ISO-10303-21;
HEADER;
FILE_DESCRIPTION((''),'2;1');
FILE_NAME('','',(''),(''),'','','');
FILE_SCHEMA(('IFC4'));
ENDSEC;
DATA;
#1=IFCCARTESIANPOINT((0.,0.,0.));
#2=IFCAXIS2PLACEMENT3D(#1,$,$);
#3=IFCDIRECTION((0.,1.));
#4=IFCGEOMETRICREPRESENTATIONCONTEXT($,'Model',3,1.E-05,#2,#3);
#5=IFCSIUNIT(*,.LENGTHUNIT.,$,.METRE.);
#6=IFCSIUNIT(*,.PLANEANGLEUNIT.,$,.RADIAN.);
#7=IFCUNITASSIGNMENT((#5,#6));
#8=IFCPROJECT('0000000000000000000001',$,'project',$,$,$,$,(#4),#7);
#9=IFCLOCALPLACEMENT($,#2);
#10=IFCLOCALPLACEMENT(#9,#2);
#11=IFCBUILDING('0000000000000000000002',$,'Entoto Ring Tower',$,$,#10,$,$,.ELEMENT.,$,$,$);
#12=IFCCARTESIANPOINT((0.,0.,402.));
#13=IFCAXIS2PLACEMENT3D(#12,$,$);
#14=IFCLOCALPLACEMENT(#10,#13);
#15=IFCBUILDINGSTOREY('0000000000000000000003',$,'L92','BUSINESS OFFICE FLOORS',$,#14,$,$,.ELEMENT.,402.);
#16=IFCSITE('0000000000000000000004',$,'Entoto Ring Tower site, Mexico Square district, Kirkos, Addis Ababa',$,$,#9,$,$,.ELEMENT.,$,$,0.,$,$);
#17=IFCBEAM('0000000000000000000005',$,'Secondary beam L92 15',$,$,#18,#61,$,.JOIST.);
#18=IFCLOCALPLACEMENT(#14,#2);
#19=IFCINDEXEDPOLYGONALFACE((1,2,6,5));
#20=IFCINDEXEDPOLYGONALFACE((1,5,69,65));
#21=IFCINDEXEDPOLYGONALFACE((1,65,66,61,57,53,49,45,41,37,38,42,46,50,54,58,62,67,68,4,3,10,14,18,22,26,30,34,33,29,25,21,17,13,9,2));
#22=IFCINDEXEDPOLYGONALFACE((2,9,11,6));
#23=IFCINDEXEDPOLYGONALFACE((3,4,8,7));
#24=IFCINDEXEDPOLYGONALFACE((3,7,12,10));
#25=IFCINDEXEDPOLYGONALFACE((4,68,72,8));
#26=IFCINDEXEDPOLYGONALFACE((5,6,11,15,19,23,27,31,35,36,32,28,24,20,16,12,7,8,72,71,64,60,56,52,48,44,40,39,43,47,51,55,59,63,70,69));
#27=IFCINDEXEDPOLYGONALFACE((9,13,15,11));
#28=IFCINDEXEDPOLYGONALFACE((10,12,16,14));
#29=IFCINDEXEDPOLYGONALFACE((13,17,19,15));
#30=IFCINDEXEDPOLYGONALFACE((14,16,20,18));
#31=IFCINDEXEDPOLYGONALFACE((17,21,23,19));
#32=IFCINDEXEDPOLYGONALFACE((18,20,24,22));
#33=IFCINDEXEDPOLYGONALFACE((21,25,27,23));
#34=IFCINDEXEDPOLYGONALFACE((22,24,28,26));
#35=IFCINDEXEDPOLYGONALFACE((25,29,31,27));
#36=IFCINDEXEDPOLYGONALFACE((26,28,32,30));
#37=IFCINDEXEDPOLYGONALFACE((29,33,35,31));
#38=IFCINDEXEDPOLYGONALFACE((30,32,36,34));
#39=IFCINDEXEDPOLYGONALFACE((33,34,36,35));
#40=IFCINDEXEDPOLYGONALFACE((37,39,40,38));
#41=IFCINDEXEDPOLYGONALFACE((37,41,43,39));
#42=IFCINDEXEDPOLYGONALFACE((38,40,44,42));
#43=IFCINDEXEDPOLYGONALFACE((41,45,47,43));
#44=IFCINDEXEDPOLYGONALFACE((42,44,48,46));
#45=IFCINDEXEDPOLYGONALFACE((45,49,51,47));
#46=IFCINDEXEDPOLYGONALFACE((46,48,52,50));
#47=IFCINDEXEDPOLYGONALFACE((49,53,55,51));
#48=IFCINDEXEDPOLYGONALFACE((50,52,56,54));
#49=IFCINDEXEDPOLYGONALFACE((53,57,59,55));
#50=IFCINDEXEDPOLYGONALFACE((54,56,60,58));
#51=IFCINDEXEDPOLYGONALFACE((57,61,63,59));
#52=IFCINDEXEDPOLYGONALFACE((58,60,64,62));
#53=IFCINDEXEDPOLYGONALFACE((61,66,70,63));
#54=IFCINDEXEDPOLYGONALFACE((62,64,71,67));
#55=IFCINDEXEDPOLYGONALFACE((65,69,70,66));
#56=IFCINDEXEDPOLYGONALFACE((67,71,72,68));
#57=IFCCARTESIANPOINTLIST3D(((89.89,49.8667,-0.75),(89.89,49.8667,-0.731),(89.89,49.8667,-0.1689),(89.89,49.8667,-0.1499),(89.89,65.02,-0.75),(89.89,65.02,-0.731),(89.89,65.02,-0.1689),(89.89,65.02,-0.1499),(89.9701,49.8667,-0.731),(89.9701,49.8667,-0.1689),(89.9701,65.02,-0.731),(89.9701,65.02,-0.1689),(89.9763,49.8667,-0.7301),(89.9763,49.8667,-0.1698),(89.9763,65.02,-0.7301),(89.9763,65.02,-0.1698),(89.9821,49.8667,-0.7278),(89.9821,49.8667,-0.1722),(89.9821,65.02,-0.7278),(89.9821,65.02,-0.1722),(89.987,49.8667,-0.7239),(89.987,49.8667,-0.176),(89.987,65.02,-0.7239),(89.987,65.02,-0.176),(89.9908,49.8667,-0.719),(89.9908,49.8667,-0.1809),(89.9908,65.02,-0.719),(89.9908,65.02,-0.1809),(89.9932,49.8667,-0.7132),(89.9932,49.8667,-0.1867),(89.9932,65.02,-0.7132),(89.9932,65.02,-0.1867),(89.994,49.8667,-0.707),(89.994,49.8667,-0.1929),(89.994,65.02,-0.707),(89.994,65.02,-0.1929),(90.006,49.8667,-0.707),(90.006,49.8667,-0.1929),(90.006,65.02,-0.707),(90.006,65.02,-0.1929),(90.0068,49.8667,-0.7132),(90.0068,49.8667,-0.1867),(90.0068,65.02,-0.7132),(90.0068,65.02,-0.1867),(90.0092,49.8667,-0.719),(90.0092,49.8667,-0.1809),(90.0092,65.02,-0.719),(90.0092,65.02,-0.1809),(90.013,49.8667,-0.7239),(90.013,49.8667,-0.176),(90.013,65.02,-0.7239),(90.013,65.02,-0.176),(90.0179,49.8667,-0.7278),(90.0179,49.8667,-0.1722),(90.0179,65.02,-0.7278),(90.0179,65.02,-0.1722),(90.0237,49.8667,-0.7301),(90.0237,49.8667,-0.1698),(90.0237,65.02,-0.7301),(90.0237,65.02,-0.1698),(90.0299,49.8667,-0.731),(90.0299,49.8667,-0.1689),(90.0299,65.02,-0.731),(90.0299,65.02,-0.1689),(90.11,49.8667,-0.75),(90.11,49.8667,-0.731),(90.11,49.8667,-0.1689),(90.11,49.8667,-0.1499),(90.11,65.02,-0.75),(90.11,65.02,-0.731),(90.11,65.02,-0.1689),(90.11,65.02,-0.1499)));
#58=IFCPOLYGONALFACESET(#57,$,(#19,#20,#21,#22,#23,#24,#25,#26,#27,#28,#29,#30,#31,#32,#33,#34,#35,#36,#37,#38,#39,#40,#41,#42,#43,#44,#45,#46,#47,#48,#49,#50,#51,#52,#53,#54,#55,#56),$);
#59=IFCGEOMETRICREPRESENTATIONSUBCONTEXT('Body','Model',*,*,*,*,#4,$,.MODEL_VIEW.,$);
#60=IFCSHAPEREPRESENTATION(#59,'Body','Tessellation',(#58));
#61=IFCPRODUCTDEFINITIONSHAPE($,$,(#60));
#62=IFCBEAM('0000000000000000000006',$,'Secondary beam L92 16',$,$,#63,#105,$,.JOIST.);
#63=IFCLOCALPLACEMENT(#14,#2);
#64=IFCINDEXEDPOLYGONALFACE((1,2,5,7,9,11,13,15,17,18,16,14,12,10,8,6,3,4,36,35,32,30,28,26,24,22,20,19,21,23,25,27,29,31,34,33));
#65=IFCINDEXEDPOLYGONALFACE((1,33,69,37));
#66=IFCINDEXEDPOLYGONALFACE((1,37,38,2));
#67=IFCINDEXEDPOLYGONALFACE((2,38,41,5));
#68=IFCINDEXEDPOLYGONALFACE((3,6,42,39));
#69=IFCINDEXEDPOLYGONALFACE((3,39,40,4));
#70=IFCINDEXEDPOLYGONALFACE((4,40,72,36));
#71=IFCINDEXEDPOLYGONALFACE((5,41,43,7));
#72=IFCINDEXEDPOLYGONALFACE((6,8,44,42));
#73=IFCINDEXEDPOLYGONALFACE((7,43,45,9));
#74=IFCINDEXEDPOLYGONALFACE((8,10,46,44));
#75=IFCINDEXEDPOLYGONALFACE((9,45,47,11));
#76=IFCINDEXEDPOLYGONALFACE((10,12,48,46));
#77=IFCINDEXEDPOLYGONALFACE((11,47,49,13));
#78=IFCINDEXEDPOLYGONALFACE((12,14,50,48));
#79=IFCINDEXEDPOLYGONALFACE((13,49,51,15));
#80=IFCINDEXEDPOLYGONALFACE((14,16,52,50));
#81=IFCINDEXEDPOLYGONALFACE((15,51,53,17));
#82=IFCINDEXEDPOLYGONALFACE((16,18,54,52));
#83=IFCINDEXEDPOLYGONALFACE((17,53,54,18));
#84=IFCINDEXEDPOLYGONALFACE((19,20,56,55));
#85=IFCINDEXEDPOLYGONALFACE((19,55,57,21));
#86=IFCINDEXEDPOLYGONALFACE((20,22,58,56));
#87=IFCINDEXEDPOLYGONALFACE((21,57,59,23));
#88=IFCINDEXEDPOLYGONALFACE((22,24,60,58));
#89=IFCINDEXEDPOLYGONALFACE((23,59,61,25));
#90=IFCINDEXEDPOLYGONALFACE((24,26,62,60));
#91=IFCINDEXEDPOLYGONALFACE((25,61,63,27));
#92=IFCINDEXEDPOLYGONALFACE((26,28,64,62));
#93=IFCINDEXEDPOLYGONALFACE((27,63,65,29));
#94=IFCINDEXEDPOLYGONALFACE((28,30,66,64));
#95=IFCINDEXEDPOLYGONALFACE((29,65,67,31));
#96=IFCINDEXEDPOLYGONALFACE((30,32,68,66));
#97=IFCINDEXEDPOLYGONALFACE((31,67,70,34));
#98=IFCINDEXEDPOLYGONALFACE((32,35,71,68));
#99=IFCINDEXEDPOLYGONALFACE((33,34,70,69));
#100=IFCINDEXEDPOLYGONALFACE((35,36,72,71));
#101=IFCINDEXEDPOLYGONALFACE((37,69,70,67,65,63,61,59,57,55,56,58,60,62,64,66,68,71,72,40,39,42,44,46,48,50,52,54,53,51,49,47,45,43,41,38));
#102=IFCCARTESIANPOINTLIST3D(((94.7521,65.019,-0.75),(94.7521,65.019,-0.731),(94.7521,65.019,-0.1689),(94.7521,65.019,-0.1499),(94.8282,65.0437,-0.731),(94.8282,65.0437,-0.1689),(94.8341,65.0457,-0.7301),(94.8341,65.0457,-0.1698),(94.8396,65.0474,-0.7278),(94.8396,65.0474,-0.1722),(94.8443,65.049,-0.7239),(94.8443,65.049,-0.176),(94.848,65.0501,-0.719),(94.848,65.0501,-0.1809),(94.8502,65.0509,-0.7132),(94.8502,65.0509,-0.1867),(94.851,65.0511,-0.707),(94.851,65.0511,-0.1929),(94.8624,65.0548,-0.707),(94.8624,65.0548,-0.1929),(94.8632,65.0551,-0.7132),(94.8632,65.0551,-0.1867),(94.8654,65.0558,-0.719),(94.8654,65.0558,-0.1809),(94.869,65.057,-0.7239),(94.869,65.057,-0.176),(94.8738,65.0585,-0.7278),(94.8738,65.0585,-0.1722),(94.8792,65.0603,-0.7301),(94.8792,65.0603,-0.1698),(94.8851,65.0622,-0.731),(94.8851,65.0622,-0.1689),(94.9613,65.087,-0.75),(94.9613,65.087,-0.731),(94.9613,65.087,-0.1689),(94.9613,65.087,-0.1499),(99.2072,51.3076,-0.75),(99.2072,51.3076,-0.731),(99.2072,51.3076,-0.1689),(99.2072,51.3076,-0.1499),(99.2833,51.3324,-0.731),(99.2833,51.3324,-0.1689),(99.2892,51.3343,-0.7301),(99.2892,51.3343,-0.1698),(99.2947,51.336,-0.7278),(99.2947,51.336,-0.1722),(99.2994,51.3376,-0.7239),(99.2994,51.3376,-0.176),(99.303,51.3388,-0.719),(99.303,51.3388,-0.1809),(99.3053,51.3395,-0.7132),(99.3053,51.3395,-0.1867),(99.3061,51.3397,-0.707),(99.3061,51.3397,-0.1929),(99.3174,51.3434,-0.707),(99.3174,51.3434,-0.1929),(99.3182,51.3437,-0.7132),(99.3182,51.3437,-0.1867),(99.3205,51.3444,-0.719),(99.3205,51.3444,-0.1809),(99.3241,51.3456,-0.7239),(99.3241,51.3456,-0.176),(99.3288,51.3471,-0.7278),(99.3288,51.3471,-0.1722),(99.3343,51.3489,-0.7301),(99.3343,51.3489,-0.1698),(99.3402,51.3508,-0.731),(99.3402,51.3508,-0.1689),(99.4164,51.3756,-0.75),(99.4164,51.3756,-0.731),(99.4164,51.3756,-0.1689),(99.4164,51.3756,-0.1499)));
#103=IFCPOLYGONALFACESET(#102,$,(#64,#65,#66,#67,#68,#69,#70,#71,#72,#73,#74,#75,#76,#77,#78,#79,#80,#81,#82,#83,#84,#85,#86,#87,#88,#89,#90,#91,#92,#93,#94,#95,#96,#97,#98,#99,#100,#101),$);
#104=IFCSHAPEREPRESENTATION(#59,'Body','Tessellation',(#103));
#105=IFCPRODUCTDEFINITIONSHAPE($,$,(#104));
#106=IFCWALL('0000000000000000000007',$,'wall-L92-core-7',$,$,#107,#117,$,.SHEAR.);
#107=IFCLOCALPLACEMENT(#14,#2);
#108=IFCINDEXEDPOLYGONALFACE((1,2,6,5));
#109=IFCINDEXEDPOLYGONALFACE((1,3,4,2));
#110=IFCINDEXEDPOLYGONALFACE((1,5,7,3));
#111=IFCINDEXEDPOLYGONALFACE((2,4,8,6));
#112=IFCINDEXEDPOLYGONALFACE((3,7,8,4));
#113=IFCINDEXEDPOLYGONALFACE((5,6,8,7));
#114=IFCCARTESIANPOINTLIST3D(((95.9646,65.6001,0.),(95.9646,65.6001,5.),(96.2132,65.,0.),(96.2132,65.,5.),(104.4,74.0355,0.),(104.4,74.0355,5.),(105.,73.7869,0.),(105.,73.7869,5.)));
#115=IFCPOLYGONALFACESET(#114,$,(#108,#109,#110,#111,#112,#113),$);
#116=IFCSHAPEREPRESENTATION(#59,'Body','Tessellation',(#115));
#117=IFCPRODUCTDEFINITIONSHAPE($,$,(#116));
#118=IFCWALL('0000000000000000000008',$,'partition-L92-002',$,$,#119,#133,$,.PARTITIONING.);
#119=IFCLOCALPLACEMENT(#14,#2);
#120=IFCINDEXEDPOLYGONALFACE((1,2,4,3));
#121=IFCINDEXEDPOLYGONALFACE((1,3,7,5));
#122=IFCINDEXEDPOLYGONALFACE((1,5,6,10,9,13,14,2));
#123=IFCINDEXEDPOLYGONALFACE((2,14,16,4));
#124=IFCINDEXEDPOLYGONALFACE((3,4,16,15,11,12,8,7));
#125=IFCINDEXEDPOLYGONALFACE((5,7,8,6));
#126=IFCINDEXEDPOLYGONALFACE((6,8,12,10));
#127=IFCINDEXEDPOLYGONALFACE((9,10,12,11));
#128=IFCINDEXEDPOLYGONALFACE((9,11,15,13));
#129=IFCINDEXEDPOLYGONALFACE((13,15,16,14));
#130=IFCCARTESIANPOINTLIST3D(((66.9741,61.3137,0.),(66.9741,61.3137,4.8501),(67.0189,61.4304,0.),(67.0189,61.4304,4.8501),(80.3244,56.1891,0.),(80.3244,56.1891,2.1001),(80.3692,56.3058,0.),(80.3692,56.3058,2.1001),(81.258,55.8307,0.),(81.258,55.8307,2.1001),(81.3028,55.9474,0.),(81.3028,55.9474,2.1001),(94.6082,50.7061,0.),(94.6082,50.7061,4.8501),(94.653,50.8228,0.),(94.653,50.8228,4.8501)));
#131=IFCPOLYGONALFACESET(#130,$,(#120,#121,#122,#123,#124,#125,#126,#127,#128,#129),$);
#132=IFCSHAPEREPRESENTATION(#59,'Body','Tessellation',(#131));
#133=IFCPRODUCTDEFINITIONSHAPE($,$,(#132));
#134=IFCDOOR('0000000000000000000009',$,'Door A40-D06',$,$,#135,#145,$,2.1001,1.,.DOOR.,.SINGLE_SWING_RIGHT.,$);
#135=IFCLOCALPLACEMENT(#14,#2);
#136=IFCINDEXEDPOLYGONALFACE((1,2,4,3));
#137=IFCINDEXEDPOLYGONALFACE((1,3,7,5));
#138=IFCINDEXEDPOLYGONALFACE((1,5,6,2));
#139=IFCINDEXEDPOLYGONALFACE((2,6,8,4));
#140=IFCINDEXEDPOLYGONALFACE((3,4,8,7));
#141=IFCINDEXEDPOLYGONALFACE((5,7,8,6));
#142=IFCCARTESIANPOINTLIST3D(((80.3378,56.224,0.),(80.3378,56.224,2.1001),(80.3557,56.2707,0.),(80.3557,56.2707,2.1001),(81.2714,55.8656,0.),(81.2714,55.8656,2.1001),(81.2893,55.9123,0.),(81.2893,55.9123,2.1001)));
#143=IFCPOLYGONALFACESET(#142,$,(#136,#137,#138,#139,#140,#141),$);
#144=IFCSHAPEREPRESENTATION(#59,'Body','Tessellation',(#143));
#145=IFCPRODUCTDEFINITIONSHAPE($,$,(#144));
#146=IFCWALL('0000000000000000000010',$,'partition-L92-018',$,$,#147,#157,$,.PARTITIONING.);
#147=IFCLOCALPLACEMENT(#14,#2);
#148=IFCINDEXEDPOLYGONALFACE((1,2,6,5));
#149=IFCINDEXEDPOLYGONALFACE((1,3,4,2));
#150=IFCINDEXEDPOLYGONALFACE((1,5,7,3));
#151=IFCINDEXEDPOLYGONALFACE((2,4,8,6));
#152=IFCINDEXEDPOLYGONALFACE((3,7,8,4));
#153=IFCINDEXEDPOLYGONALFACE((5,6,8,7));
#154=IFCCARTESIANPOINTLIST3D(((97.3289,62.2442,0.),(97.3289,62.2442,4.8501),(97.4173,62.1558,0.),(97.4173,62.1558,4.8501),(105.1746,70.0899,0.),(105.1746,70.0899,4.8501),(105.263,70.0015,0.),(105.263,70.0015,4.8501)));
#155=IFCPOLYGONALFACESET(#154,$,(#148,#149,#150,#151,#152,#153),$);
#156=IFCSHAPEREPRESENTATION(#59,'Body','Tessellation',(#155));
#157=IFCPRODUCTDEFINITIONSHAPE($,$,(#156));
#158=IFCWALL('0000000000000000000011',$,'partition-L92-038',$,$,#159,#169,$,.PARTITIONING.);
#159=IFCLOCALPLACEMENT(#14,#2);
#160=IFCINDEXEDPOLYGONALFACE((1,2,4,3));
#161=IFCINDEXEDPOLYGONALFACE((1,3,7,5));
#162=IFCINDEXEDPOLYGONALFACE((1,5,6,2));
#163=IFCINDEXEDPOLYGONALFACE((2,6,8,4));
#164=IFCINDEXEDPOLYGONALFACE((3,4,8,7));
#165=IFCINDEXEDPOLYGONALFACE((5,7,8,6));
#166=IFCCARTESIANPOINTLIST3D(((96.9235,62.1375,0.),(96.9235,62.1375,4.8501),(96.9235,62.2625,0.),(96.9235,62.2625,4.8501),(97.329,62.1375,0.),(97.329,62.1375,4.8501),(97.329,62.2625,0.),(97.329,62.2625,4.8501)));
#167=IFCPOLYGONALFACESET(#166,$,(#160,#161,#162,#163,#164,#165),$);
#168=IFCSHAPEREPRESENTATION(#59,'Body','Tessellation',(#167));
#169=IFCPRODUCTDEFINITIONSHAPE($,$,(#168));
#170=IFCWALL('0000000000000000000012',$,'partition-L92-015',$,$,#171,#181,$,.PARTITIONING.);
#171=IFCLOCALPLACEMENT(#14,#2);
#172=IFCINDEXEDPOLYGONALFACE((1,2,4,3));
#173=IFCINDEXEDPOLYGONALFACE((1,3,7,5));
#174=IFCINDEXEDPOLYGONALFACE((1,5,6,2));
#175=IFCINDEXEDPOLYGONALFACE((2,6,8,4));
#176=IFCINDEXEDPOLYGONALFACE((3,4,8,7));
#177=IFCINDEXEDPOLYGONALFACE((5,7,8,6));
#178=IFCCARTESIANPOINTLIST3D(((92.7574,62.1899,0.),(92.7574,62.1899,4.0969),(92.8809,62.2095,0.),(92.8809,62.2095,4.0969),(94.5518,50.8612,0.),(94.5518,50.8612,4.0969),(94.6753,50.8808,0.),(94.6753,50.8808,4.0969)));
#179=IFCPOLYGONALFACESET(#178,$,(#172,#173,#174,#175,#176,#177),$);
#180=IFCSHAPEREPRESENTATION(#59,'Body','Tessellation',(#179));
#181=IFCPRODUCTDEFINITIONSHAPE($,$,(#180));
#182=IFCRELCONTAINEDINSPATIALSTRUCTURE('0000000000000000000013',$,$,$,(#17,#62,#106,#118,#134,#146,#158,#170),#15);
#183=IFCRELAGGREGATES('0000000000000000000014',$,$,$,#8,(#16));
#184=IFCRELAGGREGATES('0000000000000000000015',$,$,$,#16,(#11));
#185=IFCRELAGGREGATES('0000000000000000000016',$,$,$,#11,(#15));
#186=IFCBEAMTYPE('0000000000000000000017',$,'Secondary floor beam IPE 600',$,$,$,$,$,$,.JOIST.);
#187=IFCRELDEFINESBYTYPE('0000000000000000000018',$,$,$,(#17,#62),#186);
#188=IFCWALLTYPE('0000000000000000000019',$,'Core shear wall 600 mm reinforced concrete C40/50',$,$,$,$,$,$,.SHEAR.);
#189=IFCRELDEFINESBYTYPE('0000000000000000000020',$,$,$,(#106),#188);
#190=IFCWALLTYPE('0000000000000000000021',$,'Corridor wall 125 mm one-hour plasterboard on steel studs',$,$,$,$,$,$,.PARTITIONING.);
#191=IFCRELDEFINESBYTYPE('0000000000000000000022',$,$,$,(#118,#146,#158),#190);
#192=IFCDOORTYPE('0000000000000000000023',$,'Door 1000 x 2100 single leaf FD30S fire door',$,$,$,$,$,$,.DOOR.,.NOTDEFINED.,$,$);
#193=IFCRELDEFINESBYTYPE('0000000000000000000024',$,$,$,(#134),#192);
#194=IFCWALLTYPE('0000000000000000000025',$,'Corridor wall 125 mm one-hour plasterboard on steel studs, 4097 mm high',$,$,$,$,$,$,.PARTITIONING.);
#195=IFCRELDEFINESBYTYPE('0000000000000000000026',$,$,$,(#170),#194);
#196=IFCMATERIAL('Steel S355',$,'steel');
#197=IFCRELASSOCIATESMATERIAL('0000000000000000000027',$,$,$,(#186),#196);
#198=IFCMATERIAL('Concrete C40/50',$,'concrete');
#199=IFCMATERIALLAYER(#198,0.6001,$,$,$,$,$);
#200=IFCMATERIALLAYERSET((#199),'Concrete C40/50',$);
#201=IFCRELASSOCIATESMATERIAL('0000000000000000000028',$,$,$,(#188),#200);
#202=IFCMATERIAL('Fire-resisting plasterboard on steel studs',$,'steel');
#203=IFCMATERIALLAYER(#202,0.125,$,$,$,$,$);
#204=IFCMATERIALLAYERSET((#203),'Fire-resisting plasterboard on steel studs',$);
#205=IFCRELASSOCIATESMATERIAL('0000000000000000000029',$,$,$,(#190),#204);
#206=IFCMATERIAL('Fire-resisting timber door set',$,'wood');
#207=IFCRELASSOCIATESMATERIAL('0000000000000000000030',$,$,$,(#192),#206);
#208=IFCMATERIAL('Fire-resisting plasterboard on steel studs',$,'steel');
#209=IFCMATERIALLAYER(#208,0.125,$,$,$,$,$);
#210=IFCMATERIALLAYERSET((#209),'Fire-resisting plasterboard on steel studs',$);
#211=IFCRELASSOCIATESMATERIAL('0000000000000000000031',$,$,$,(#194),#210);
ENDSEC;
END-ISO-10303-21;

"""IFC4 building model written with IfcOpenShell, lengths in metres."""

from ifc_helpers import new_model, si_unit, direction, frame, frame_2d, origin, origin_2d, place, context, subcontext, project, spatial, polyline, rectangle, i_section, outline, extrude, material, layer, layer_set, material_profile, profile_set, type_object, element, fill, save


model = new_model("IFC4")

# Units and contexts
model_context = context("Model", 3, precision=1e-05, world=origin(), true_north=direction((0.0, 1.0)))
body_context = subcontext(model_context, "Body", "Model", "MODEL_VIEW")
ifc_project = project(units=[si_unit("LENGTHUNIT", "METRE"), si_unit("PLANEANGLEUNIT", "RADIAN")], contexts=[model_context])

# Site, building, storey
site_placement = place(None, origin())
site = spatial("IfcSite", under=ifc_project, at=site_placement, Name="Entoto Ring Tower site, Mexico Square district, Kirkos, Addis Ababa", CompositionType="ELEMENT", RefElevation=0.0)
building_placement = place(site_placement, origin())
building = spatial("IfcBuilding", under=site, at=building_placement, Name="Entoto Ring Tower", CompositionType="ELEMENT")
storey_placement = place(building_placement, frame((0.0, 0.0, 402.0)))
storey = spatial("IfcBuildingStorey", under=building, at=storey_placement, Name="L92", Description="BUSINESS OFFICE FLOORS", CompositionType="ELEMENT", Elevation=402.0)

# Beams
ifc_material_1 = material(Name="Steel S355", Category="steel")
ifc_material_profile_1 = material_profile(ifc_material_1, i_section(OverallWidth=0.22, OverallDepth=0.6001, WebThickness=0.012, FlangeThickness=0.019, FilletRadius=0.0239, at=origin_2d()), Name="IPE 600")
ifc_profile_set_1 = profile_set([ifc_material_profile_1], Name="Steel S355")
beam_type_1 = type_object("IfcBeamType", Name="Secondary floor beam IPE 600", PredefinedType="JOIST", material=ifc_profile_set_1)
beam_1_placement = place(storey_placement, frame((90.0, 65.02, -0.45), z_axis=(0.0, -1.0, 0.0), x_axis=(1.0, 0.0, 0.0)))
element("IfcBeam", 1, at=beam_1_placement, inside=storey, type_object=beam_type_1, Name="Secondary beam L92 15", PredefinedType="JOIST", context=body_context, shape_type="SweptSolid", body=[
    extrude(i_section(OverallWidth=0.22, OverallDepth=0.6001, WebThickness=0.012, FlangeThickness=0.019, FilletRadius=0.0239, at=origin_2d()), origin(), (0.0, 0.0, 1.0), 15.1533),
])
beam_2_placement = place(storey_placement, frame((94.8567, 65.053, -0.45), z_axis=(0.309015, -0.951057, 0.0), x_axis=(0.951057, 0.309015, 0.0)))
element("IfcBeam", 2, at=beam_2_placement, inside=storey, type_object=beam_type_1, Name="Secondary beam L92 16", PredefinedType="JOIST", context=body_context, shape_type="SweptSolid", body=[
    extrude(i_section(OverallWidth=0.22, OverallDepth=0.6001, WebThickness=0.012, FlangeThickness=0.019, FilletRadius=0.0239, at=origin_2d()), origin(), (0.0, 0.0, 1.0), 14.417),
])

# Wall
ifc_material_2 = material(Name="Concrete C40/50", Category="concrete")
ifc_layer_1 = layer(ifc_material_2, 0.6001)
ifc_layer_set_1 = layer_set([ifc_layer_1], Name="Concrete C40/50")
wall_type_1 = type_object("IfcWallType", Name="Core shear wall 600 mm reinforced concrete C40/50", PredefinedType="SHEAR", material=ifc_layer_set_1)
wall_1_placement = place(storey_placement, frame((96.0889, 65.3, 0.0), z_axis=(0.0, 0.0, 1.0), x_axis=(0.707107, 0.707107, 0.0)))
element("IfcWall", 3, at=wall_1_placement, inside=storey, type_object=wall_type_1, Name="wall-L92-core-7", PredefinedType="SHEAR", context=body_context, shape_type="SweptSolid", body=[
    extrude(outline(polyline([(-0.1243, -0.3), (12.3022, -0.3), (12.0537, 0.3), (0.1243, 0.3), (-0.1243, -0.3)])), origin(), (0.0, 0.0, 1.0), 5.0),
])

# Wall, opening, door
ifc_material_3 = material(Name="Fire-resisting plasterboard on steel studs", Category="steel")
ifc_layer_2 = layer(ifc_material_3, 0.125)
ifc_layer_set_2 = layer_set([ifc_layer_2], Name="Fire-resisting plasterboard on steel studs")
wall_type_2 = type_object("IfcWallType", Name="Corridor wall 125 mm one-hour plasterboard on steel studs", PredefinedType="PARTITIONING", material=ifc_layer_set_2)
wall_2_placement = place(storey_placement, frame((94.6306, 50.7644, 0.0), z_axis=(0.0, 0.0, 1.0), x_axis=(-0.933581, 0.358367, 0.0)))
wall_2 = element("IfcWall", 4, at=wall_2_placement, inside=storey, type_object=wall_type_2, Name="partition-L92-002", PredefinedType="PARTITIONING", context=body_context, shape_type="SweptSolid", body=[
    extrude(rectangle(XDim=29.6001, YDim=0.125, at=frame_2d((14.8, 0.0))), origin(), (0.0, 0.0, 1.0), 4.8501),
])
opening_placement = place(wall_2_placement, frame((14.3, 0.0, 0.0)))
opening = element("IfcOpeningElement", 5, at=opening_placement, cuts=wall_2, PredefinedType="OPENING", context=body_context, shape_type="SweptSolid", body=[
    extrude(rectangle(XDim=1.0, YDim=2.1001, at=frame_2d((0.5, 1.05))), frame((0.0, 0.0725, 0.0), z_axis=(0.0, -1.0, 0.0), x_axis=(1.0, 0.0, 0.0)), (0.0, 0.0, 1.0), 0.145),
])
ifc_material_4 = material(Name="Fire-resisting timber door set", Category="wood")
door_type = type_object("IfcDoorType", Name="Door 1000 x 2100 single leaf FD30S fire door", OperationType="NOTDEFINED", PredefinedType="DOOR", material=ifc_material_4)
door_placement = place(opening_placement, frame((1.0, 0.0, 0.0), z_axis=(0.0, 0.0, 1.0), x_axis=(-1.0, 0.0, 0.0)))
door = element("IfcDoor", 6, at=door_placement, inside=storey, type_object=door_type, Name="Door A40-D06", OperationType="SINGLE_SWING_RIGHT", OverallHeight=2.1001, OverallWidth=1.0, PredefinedType="DOOR", context=body_context, shape_type="SweptSolid", body=[
    extrude(rectangle(XDim=1.0, YDim=2.1001, at=frame_2d((0.5, 1.05))), frame((0.0, 0.0249, 0.0), z_axis=(0.0, -1.0, 0.0), x_axis=(1.0, 0.0, 0.0)), (0.0, 0.0, 1.0), 0.05),
])
fill(opening, door)

# Walls
wall_3_placement = place(storey_placement, frame((97.373, 62.2, 0.0), z_axis=(0.0, 0.0, 1.0), x_axis=(0.707107, 0.707107, 0.0)))
element("IfcWall", 7, at=wall_3_placement, inside=storey, type_object=wall_type_2, Name="partition-L92-018", PredefinedType="PARTITIONING", context=body_context, shape_type="SweptSolid", body=[
    extrude(rectangle(XDim=11.0955, YDim=0.125, at=frame_2d((5.5479, 0.0))), origin(), (0.0, 0.0, 1.0), 4.8501),
])
wall_4_placement = place(storey_placement, frame((96.9236, 62.2, 0.0), z_axis=(0.0, 0.0, 1.0), x_axis=(1.0, 0.0, 0.0)))
element("IfcWall", 8, at=wall_4_placement, inside=storey, type_object=wall_type_2, Name="partition-L92-038", PredefinedType="PARTITIONING", context=body_context, shape_type="SweptSolid", body=[
    extrude(rectangle(XDim=0.4055, YDim=0.125, at=frame_2d((0.2026, 0.0))), origin(), (0.0, 0.0, 1.0), 4.8501),
])
ifc_material_5 = material(Name="Fire-resisting plasterboard on steel studs", Category="steel")
ifc_layer_3 = layer(ifc_material_5, 0.125)
ifc_layer_set_3 = layer_set([ifc_layer_3], Name="Fire-resisting plasterboard on steel studs")
wall_type_3 = type_object("IfcWallType", Name="Corridor wall 125 mm one-hour plasterboard on steel studs, 4097 mm high", PredefinedType="PARTITIONING", material=ifc_layer_set_3)
wall_5_placement = place(storey_placement, frame((94.6135, 50.8711, 0.0), z_axis=(0.0, 0.0, 1.0), x_axis=(-0.156445, 0.987687, 0.0)))
element("IfcWall", 9, at=wall_5_placement, inside=storey, type_object=wall_type_3, Name="partition-L92-015", PredefinedType="PARTITIONING", context=body_context, shape_type="SweptSolid", body=[
    extrude(rectangle(XDim=11.47, YDim=0.125, at=frame_2d((5.7349, 0.0))), origin(), (0.0, 0.0, 1.0), 4.0969),
])

save(model, "model.ifc")
